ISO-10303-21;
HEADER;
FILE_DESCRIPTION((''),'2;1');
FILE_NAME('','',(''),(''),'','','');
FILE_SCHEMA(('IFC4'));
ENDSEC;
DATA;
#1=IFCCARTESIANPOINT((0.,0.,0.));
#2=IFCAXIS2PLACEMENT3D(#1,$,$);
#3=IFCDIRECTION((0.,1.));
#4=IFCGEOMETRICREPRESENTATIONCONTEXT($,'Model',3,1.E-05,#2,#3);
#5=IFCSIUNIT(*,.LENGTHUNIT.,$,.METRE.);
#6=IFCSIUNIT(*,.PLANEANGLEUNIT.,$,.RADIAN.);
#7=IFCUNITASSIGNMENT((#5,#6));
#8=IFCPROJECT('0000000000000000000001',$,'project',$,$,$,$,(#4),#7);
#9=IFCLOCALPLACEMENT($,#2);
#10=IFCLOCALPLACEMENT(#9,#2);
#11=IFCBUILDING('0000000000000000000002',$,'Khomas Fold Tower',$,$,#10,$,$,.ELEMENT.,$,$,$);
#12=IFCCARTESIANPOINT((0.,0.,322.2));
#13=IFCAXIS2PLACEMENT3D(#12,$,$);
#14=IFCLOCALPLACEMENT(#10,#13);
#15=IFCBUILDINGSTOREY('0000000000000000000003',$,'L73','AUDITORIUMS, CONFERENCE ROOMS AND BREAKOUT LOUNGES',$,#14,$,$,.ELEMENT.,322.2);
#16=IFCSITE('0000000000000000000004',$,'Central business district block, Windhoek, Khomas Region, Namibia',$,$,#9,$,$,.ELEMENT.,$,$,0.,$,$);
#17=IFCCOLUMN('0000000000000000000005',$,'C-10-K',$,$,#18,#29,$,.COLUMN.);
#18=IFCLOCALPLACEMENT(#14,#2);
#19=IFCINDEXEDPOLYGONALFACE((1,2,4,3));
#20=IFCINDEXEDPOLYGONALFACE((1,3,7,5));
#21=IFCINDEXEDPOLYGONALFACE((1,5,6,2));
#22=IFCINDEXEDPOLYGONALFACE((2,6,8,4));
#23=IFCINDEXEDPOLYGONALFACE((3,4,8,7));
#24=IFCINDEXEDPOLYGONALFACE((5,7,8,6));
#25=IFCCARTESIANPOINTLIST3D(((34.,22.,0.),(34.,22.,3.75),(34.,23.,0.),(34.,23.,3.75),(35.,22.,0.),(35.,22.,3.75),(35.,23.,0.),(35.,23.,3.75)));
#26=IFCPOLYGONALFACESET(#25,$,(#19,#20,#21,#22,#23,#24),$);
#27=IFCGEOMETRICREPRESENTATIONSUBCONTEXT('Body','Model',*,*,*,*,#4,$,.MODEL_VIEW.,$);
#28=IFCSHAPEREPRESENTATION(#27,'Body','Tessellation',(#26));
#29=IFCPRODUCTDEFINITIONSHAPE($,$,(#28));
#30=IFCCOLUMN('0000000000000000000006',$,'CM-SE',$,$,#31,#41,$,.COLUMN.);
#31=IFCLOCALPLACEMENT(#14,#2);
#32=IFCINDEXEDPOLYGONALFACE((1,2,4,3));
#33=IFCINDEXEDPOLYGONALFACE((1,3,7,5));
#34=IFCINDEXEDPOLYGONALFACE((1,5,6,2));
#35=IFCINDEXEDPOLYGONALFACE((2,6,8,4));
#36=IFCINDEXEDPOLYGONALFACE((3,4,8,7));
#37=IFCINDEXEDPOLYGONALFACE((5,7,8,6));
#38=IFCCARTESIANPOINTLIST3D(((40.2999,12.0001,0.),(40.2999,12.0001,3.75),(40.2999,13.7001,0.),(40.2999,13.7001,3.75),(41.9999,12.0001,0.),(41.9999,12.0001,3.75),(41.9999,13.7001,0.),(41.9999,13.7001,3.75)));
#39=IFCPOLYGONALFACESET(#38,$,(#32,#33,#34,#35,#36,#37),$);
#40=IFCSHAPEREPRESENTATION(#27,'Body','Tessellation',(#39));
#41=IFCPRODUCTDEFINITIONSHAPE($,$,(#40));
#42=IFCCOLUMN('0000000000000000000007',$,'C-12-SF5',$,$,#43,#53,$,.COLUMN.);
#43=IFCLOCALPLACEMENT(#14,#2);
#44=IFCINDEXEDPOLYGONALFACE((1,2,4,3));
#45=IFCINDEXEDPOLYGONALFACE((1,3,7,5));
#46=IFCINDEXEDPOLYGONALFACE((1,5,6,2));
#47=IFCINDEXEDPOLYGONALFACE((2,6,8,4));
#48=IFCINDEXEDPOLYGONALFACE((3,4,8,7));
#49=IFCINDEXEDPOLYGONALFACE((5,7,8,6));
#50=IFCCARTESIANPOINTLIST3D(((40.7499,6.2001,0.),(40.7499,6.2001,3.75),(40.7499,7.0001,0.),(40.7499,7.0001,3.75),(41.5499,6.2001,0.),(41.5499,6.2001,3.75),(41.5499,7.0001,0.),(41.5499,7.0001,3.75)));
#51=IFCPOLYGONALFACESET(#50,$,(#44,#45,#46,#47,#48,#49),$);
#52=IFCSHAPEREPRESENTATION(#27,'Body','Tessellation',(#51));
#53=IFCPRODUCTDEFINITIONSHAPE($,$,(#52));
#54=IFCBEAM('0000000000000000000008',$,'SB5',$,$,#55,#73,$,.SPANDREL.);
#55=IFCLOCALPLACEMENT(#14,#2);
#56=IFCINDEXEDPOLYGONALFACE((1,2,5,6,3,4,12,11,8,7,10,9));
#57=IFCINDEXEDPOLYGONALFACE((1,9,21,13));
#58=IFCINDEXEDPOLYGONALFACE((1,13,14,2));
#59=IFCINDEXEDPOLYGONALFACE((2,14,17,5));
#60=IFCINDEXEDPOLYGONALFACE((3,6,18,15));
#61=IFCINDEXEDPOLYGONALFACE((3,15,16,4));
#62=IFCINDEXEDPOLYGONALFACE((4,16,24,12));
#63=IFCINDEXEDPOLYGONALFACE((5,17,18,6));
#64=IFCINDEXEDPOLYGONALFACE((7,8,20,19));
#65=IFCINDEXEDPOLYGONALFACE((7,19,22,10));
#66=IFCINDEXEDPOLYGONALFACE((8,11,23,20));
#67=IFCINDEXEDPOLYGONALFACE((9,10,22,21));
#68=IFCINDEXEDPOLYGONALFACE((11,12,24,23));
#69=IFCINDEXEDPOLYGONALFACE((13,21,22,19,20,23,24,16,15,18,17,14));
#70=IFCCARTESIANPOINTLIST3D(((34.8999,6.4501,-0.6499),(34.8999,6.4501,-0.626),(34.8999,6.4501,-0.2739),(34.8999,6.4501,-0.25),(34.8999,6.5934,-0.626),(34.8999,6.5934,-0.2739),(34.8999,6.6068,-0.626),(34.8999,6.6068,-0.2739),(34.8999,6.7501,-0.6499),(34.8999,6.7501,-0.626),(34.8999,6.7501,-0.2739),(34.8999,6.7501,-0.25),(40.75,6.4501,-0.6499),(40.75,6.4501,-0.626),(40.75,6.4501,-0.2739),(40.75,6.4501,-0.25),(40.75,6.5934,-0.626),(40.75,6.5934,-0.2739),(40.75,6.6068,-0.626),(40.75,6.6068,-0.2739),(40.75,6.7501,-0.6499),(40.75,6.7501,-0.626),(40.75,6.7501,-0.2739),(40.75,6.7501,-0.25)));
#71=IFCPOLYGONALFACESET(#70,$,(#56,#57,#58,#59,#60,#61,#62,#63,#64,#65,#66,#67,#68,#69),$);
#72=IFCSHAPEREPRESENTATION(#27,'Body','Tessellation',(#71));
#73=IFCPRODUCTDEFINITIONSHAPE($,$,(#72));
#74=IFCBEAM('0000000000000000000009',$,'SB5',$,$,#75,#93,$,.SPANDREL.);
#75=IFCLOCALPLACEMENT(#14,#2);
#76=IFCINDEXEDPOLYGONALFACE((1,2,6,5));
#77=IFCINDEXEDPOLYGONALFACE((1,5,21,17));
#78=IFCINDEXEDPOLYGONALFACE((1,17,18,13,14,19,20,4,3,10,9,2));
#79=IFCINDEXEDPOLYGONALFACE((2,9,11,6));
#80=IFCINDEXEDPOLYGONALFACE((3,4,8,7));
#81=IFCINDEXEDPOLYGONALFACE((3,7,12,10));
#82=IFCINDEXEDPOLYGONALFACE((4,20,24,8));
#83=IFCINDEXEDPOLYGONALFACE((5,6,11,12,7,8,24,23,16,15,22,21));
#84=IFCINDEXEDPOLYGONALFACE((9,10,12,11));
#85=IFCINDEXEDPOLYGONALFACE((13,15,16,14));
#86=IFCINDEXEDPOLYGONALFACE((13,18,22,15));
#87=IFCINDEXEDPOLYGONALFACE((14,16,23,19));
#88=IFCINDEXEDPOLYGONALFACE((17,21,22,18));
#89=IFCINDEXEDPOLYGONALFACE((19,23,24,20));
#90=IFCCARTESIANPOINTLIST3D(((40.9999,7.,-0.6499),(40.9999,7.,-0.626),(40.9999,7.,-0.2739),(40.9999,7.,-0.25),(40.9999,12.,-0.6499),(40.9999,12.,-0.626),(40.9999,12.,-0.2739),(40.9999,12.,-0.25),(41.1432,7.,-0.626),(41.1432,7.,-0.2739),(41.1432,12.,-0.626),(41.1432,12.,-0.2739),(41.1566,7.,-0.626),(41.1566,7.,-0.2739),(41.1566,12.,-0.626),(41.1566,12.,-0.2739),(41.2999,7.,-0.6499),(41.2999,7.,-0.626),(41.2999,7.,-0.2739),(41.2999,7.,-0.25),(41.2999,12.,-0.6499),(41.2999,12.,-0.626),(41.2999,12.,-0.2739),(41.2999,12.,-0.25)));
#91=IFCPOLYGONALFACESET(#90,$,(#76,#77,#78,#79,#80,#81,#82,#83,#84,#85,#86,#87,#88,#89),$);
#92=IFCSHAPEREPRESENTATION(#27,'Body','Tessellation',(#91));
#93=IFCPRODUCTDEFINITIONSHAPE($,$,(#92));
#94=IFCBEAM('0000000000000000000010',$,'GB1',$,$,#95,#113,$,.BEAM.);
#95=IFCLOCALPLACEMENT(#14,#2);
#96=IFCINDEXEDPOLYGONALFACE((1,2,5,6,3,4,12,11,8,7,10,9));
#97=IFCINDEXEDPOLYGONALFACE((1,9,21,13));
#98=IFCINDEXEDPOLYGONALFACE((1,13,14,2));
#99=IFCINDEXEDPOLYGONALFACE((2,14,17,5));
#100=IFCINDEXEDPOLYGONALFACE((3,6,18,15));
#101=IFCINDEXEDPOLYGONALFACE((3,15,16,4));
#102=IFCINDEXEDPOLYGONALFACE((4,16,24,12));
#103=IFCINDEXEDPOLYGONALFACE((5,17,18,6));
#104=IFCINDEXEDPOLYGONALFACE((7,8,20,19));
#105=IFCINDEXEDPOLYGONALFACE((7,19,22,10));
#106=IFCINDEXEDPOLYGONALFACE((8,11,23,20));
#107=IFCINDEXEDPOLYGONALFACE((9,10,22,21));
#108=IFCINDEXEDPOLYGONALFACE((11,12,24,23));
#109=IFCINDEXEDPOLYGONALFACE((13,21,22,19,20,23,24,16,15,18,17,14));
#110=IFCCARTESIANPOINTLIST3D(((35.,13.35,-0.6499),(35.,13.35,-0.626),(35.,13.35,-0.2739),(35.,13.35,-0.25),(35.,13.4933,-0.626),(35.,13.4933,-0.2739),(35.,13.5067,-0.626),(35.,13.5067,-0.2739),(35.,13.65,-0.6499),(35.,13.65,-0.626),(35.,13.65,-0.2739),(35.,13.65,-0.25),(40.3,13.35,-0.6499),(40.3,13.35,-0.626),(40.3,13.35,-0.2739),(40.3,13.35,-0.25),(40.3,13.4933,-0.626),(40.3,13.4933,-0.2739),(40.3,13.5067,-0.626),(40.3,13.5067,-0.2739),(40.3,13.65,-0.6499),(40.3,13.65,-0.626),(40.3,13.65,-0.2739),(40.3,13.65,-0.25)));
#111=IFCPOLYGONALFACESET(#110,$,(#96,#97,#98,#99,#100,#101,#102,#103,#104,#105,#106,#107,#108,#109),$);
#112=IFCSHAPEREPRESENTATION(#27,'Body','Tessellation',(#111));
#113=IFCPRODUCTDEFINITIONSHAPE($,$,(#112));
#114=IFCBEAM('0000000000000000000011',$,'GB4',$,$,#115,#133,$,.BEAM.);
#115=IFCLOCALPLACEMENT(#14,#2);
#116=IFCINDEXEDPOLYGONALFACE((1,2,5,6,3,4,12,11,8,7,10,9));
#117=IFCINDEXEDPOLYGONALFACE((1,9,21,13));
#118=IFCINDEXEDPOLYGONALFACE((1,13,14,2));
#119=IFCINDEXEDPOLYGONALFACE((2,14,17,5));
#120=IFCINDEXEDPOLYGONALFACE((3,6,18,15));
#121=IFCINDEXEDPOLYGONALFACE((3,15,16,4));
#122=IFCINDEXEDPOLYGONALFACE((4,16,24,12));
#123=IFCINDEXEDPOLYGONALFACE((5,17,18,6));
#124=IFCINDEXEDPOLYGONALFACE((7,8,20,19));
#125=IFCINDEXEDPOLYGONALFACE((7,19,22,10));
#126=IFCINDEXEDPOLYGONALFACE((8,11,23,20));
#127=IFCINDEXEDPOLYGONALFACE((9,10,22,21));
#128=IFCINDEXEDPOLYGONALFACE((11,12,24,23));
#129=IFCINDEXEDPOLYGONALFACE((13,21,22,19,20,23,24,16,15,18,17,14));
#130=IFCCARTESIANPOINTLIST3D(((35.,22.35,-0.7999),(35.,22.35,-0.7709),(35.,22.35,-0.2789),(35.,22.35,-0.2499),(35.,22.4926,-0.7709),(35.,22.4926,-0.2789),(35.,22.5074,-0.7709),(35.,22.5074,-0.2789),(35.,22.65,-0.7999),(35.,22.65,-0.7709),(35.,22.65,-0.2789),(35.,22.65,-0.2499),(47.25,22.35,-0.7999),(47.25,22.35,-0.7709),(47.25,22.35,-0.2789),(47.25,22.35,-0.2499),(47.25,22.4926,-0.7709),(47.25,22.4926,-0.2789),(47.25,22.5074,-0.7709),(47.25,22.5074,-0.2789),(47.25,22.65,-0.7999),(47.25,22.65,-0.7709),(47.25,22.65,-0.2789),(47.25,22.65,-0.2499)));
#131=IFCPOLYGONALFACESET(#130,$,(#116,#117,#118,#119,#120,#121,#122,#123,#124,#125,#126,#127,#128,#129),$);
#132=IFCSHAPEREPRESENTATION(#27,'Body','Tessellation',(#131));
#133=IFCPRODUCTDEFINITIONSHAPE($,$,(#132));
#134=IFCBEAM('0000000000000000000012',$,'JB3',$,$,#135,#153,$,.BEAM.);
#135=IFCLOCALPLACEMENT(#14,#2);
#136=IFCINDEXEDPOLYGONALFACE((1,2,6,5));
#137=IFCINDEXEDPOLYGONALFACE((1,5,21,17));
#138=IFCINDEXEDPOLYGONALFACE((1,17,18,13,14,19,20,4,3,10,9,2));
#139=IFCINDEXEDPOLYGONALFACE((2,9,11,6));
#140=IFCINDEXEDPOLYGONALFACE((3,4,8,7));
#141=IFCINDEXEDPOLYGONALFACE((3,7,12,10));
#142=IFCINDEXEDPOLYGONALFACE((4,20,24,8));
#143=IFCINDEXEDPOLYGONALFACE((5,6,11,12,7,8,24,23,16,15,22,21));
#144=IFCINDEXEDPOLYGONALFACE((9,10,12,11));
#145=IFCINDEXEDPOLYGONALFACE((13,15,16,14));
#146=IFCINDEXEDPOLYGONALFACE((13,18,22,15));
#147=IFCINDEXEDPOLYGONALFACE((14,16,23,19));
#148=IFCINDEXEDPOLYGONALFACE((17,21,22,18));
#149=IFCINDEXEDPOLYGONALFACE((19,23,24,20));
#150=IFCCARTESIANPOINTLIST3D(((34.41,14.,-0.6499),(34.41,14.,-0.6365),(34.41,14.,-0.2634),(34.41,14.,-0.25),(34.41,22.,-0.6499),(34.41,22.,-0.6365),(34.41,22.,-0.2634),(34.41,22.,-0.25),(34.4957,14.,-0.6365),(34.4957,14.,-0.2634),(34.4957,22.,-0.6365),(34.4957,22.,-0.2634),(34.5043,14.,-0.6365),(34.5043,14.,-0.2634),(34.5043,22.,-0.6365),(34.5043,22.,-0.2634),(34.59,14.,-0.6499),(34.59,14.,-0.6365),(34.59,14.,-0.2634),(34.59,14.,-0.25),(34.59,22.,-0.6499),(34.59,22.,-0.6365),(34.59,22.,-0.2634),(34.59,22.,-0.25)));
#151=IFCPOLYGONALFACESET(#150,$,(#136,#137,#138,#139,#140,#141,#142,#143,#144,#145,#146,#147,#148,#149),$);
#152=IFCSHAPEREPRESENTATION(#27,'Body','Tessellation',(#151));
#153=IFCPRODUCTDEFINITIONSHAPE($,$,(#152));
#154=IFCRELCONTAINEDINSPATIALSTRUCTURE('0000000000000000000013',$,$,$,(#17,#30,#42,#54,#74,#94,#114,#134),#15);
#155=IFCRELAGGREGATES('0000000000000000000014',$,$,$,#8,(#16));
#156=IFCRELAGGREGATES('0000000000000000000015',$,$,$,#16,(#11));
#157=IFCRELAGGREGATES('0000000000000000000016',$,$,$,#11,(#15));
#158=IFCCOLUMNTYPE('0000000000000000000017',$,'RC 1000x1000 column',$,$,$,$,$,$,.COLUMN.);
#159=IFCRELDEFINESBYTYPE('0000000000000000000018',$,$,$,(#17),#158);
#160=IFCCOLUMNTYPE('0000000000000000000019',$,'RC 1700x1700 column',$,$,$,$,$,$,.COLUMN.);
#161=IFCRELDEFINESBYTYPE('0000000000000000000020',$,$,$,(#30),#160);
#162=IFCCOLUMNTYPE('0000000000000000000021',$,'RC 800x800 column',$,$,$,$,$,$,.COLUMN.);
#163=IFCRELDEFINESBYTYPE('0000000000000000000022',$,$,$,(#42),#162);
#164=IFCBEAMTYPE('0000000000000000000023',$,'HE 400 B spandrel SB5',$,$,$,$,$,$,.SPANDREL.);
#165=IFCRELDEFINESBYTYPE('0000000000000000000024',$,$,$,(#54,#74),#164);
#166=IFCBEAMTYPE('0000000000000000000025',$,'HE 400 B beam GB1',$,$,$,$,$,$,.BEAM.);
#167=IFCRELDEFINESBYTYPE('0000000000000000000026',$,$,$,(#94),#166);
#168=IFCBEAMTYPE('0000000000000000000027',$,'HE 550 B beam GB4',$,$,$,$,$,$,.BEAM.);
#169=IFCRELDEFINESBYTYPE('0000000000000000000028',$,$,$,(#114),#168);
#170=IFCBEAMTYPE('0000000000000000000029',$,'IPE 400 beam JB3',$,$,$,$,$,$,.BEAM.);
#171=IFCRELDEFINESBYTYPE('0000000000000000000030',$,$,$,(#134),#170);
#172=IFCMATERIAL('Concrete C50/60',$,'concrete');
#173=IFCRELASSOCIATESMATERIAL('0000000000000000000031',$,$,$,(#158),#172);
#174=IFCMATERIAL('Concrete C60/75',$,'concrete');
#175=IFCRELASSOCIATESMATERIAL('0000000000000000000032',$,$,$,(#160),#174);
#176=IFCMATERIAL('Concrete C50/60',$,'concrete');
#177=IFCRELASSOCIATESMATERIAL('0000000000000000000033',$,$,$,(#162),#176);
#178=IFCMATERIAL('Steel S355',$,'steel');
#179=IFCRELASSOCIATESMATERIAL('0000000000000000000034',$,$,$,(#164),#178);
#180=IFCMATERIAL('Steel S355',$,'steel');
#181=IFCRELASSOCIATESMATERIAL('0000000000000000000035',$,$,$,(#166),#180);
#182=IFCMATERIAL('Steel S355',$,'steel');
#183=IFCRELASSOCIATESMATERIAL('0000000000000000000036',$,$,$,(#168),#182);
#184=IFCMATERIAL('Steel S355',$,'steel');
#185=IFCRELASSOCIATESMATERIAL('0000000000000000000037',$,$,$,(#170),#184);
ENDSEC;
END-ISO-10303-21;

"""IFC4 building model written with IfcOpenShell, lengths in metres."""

from ifc_helpers import new_model, si_unit, direction, frame, origin, origin_2d, place, context, subcontext, project, spatial, rectangle, i_section, extrude, source, transform, mapped, material, material_profile, profile_set, type_object, element, save


model = new_model("IFC4")

# Units and contexts
model_context = context("Model", 3, precision=1e-05, world=origin(), true_north=direction((0.0, 1.0)))
body_context = subcontext(model_context, "Body", "Model", "MODEL_VIEW")
ifc_project = project(units=[si_unit("LENGTHUNIT", "METRE"), si_unit("PLANEANGLEUNIT", "RADIAN")], contexts=[model_context])

# Site, building, storey
site_placement = place(None, origin())
site = spatial("IfcSite", under=ifc_project, at=site_placement, Name="Central business district block, Windhoek, Khomas Region, Namibia", CompositionType="ELEMENT", RefElevation=0.0)
building_placement = place(site_placement, origin())
building = spatial("IfcBuilding", under=site, at=building_placement, Name="Khomas Fold Tower", CompositionType="ELEMENT")
storey_placement = place(building_placement, frame((0.0, 0.0, 322.2)))
storey = spatial("IfcBuildingStorey", under=building, at=storey_placement, Name="L73", Description="AUDITORIUMS, CONFERENCE ROOMS AND BREAKOUT LOUNGES", CompositionType="ELEMENT", Elevation=322.2)

# Columns
ifc_material_1 = material(Name="Concrete C50/60", Category="concrete")
ifc_material_profile_1 = material_profile(ifc_material_1, rectangle(XDim=1.0, YDim=1.0, at=origin_2d()), Name="RC 1000x1000")
ifc_profile_set_1 = profile_set([ifc_material_profile_1], Name="Concrete C50/60")
column_type_1 = type_object("IfcColumnType", Name="RC 1000x1000 column", PredefinedType="COLUMN", material=ifc_profile_set_1)
shared_shape_1 = source(origin(), body_context, "Body", "SweptSolid", [
    extrude(rectangle(XDim=1.0, YDim=1.0, at=origin_2d()), origin(), (0.0, 0.0, 1.0), 3.75),
])
column_1_placement = place(storey_placement, frame((34.5, 22.5, 0.0), z_axis=(0.0, 0.0, 1.0), x_axis=(1.0, 0.0, 0.0)))
element("IfcColumn", 1, at=column_1_placement, inside=storey, type_object=column_type_1, Name="C-10-K", PredefinedType="COLUMN", context=body_context, shape_type="MappedRepresentation", body=[
    mapped(shared_shape_1, transform((0.0, 0.0, 0.0))),
])
ifc_material_2 = material(Name="Concrete C60/75", Category="concrete")
ifc_material_profile_2 = material_profile(ifc_material_2, rectangle(XDim=1.7, YDim=1.7, at=origin_2d()), Name="RC 1700x1700")
ifc_profile_set_2 = profile_set([ifc_material_profile_2], Name="Concrete C60/75")
column_type_2 = type_object("IfcColumnType", Name="RC 1700x1700 column", PredefinedType="COLUMN", material=ifc_profile_set_2)
shared_shape_2 = source(origin(), body_context, "Body", "SweptSolid", [
    extrude(rectangle(XDim=1.7, YDim=1.7, at=origin_2d()), origin(), (0.0, 0.0, 1.0), 3.75),
])
column_2_placement = place(storey_placement, frame((41.1499, 12.8501, 0.0), z_axis=(0.0, 0.0, 1.0), x_axis=(1.0, 0.0, 0.0)))
element("IfcColumn", 2, at=column_2_placement, inside=storey, type_object=column_type_2, Name="CM-SE", PredefinedType="COLUMN", context=body_context, shape_type="MappedRepresentation", body=[
    mapped(shared_shape_2, transform((0.0, 0.0, 0.0))),
])
ifc_material_3 = material(Name="Concrete C50/60", Category="concrete")
ifc_material_profile_3 = material_profile(ifc_material_3, rectangle(XDim=0.8, YDim=0.8, at=origin_2d()), Name="RC 800x800")
ifc_profile_set_3 = profile_set([ifc_material_profile_3], Name="Concrete C50/60")
column_type_3 = type_object("IfcColumnType", Name="RC 800x800 column", PredefinedType="COLUMN", material=ifc_profile_set_3)
shared_shape_3 = source(origin(), body_context, "Body", "SweptSolid", [
    extrude(rectangle(XDim=0.8, YDim=0.8, at=origin_2d()), origin(), (0.0, 0.0, 1.0), 3.75),
])
column_3_placement = place(storey_placement, frame((41.1499, 6.6001, 0.0), z_axis=(0.0, 0.0, 1.0), x_axis=(1.0, 0.0, 0.0)))
element("IfcColumn", 3, at=column_3_placement, inside=storey, type_object=column_type_3, Name="C-12-SF5", PredefinedType="COLUMN", context=body_context, shape_type="MappedRepresentation", body=[
    mapped(shared_shape_3, transform((0.0, 0.0, 0.0))),
])

# Beams
ifc_material_4 = material(Name="Steel S355", Category="steel")
ifc_material_profile_4 = material_profile(ifc_material_4, i_section(OverallWidth=0.3, OverallDepth=0.3999, WebThickness=0.0134, FlangeThickness=0.0239, at=origin_2d()), Name="HE 400 B")
ifc_profile_set_4 = profile_set([ifc_material_profile_4], Name="Steel S355")
beam_type_1 = type_object("IfcBeamType", Name="HE 400 B spandrel SB5", PredefinedType="SPANDREL", material=ifc_profile_set_4)
shared_shape_4 = source(origin(), body_context, "Body", "SweptSolid", [
    extrude(i_section(OverallWidth=0.3, OverallDepth=0.3999, WebThickness=0.0134, FlangeThickness=0.0239, at=origin_2d()), origin(), (0.0, 0.0, 1.0), 5.8501),
])
beam_1_placement = place(storey_placement, frame((34.8999, 6.6001, -0.45), z_axis=(1.0, 0.0, 0.0), x_axis=(0.0, 1.0, 0.0)))
element("IfcBeam", 4, at=beam_1_placement, inside=storey, type_object=beam_type_1, Name="SB5", PredefinedType="SPANDREL", context=body_context, shape_type="MappedRepresentation", body=[
    mapped(shared_shape_4, transform((0.0, 0.0, 0.0))),
])
shared_shape_5 = source(origin(), body_context, "Body", "SweptSolid", [
    extrude(i_section(OverallWidth=0.3, OverallDepth=0.3999, WebThickness=0.0134, FlangeThickness=0.0239, at=origin_2d()), origin(), (0.0, 0.0, 1.0), 5.0),
])
beam_2_placement = place(storey_placement, frame((41.1499, 7.0, -0.45), z_axis=(0.0, 1.0, 0.0), x_axis=(-1.0, 0.0, 0.0)))
element("IfcBeam", 5, at=beam_2_placement, inside=storey, type_object=beam_type_1, Name="SB5", PredefinedType="SPANDREL", context=body_context, shape_type="MappedRepresentation", body=[
    mapped(shared_shape_5, transform((0.0, 0.0, 0.0))),
])
ifc_material_5 = material(Name="Steel S355", Category="steel")
ifc_material_profile_5 = material_profile(ifc_material_5, i_section(OverallWidth=0.3, OverallDepth=0.3999, WebThickness=0.0134, FlangeThickness=0.0239, at=origin_2d()), Name="HE 400 B")
ifc_profile_set_5 = profile_set([ifc_material_profile_5], Name="Steel S355")
beam_type_2 = type_object("IfcBeamType", Name="HE 400 B beam GB1", PredefinedType="BEAM", material=ifc_profile_set_5)
shared_shape_6 = source(origin(), body_context, "Body", "SweptSolid", [
    extrude(i_section(OverallWidth=0.3, OverallDepth=0.3999, WebThickness=0.0134, FlangeThickness=0.0239, at=origin_2d()), origin(), (0.0, 0.0, 1.0), 5.3),
])
beam_3_placement = place(storey_placement, frame((35.0, 13.5, -0.45), z_axis=(1.0, 0.0, 0.0), x_axis=(0.0, 1.0, 0.0)))
element("IfcBeam", 6, at=beam_3_placement, inside=storey, type_object=beam_type_2, Name="GB1", PredefinedType="BEAM", context=body_context, shape_type="MappedRepresentation", body=[
    mapped(shared_shape_6, transform((0.0, 0.0, 0.0))),
])
ifc_material_6 = material(Name="Steel S355", Category="steel")
ifc_material_profile_6 = material_profile(ifc_material_6, i_section(OverallWidth=0.3, OverallDepth=0.55, WebThickness=0.0149, FlangeThickness=0.0291, at=origin_2d()), Name="HE 550 B")
ifc_profile_set_6 = profile_set([ifc_material_profile_6], Name="Steel S355")
beam_type_3 = type_object("IfcBeamType", Name="HE 550 B beam GB4", PredefinedType="BEAM", material=ifc_profile_set_6)
shared_shape_7 = source(origin(), body_context, "Body", "SweptSolid", [
    extrude(i_section(OverallWidth=0.3, OverallDepth=0.55, WebThickness=0.0149, FlangeThickness=0.0291, at=origin_2d()), origin(), (0.0, 0.0, 1.0), 12.25),
])
beam_4_placement = place(storey_placement, frame((35.0, 22.5, -0.5249), z_axis=(1.0, 0.0, 0.0), x_axis=(0.0, 1.0, 0.0)))
element("IfcBeam", 7, at=beam_4_placement, inside=storey, type_object=beam_type_3, Name="GB4", PredefinedType="BEAM", context=body_context, shape_type="MappedRepresentation", body=[
    mapped(shared_shape_7, transform((0.0, 0.0, 0.0))),
])
ifc_material_7 = material(Name="Steel S355", Category="steel")
ifc_material_profile_7 = material_profile(ifc_material_7, i_section(OverallWidth=0.1799, OverallDepth=0.3999, WebThickness=0.0085, FlangeThickness=0.0134, at=origin_2d()), Name="IPE 400")
ifc_profile_set_7 = profile_set([ifc_material_profile_7], Name="Steel S355")
beam_type_4 = type_object("IfcBeamType", Name="IPE 400 beam JB3", PredefinedType="BEAM", material=ifc_profile_set_7)
shared_shape_8 = source(origin(), body_context, "Body", "SweptSolid", [
    extrude(i_section(OverallWidth=0.1799, OverallDepth=0.3999, WebThickness=0.0085, FlangeThickness=0.0134, at=origin_2d()), origin(), (0.0, 0.0, 1.0), 8.0),
])
for number, where, z_axis, x_axis, name in (
    (8, (34.5, 14.0, -0.45), (0.0, 1.0, 0.0), (-1.0, 0.0, 0.0), "JB3"),
):
    element("IfcBeam", number, at=place(storey_placement, frame(where, z_axis=z_axis, x_axis=x_axis)), inside=storey, type_object=beam_type_4, Name=name, PredefinedType="BEAM", context=body_context, shape_type="MappedRepresentation", body=[
        mapped(shared_shape_8, transform((0.0, 0.0, 0.0))),
    ])

save(model, "model.ifc")
